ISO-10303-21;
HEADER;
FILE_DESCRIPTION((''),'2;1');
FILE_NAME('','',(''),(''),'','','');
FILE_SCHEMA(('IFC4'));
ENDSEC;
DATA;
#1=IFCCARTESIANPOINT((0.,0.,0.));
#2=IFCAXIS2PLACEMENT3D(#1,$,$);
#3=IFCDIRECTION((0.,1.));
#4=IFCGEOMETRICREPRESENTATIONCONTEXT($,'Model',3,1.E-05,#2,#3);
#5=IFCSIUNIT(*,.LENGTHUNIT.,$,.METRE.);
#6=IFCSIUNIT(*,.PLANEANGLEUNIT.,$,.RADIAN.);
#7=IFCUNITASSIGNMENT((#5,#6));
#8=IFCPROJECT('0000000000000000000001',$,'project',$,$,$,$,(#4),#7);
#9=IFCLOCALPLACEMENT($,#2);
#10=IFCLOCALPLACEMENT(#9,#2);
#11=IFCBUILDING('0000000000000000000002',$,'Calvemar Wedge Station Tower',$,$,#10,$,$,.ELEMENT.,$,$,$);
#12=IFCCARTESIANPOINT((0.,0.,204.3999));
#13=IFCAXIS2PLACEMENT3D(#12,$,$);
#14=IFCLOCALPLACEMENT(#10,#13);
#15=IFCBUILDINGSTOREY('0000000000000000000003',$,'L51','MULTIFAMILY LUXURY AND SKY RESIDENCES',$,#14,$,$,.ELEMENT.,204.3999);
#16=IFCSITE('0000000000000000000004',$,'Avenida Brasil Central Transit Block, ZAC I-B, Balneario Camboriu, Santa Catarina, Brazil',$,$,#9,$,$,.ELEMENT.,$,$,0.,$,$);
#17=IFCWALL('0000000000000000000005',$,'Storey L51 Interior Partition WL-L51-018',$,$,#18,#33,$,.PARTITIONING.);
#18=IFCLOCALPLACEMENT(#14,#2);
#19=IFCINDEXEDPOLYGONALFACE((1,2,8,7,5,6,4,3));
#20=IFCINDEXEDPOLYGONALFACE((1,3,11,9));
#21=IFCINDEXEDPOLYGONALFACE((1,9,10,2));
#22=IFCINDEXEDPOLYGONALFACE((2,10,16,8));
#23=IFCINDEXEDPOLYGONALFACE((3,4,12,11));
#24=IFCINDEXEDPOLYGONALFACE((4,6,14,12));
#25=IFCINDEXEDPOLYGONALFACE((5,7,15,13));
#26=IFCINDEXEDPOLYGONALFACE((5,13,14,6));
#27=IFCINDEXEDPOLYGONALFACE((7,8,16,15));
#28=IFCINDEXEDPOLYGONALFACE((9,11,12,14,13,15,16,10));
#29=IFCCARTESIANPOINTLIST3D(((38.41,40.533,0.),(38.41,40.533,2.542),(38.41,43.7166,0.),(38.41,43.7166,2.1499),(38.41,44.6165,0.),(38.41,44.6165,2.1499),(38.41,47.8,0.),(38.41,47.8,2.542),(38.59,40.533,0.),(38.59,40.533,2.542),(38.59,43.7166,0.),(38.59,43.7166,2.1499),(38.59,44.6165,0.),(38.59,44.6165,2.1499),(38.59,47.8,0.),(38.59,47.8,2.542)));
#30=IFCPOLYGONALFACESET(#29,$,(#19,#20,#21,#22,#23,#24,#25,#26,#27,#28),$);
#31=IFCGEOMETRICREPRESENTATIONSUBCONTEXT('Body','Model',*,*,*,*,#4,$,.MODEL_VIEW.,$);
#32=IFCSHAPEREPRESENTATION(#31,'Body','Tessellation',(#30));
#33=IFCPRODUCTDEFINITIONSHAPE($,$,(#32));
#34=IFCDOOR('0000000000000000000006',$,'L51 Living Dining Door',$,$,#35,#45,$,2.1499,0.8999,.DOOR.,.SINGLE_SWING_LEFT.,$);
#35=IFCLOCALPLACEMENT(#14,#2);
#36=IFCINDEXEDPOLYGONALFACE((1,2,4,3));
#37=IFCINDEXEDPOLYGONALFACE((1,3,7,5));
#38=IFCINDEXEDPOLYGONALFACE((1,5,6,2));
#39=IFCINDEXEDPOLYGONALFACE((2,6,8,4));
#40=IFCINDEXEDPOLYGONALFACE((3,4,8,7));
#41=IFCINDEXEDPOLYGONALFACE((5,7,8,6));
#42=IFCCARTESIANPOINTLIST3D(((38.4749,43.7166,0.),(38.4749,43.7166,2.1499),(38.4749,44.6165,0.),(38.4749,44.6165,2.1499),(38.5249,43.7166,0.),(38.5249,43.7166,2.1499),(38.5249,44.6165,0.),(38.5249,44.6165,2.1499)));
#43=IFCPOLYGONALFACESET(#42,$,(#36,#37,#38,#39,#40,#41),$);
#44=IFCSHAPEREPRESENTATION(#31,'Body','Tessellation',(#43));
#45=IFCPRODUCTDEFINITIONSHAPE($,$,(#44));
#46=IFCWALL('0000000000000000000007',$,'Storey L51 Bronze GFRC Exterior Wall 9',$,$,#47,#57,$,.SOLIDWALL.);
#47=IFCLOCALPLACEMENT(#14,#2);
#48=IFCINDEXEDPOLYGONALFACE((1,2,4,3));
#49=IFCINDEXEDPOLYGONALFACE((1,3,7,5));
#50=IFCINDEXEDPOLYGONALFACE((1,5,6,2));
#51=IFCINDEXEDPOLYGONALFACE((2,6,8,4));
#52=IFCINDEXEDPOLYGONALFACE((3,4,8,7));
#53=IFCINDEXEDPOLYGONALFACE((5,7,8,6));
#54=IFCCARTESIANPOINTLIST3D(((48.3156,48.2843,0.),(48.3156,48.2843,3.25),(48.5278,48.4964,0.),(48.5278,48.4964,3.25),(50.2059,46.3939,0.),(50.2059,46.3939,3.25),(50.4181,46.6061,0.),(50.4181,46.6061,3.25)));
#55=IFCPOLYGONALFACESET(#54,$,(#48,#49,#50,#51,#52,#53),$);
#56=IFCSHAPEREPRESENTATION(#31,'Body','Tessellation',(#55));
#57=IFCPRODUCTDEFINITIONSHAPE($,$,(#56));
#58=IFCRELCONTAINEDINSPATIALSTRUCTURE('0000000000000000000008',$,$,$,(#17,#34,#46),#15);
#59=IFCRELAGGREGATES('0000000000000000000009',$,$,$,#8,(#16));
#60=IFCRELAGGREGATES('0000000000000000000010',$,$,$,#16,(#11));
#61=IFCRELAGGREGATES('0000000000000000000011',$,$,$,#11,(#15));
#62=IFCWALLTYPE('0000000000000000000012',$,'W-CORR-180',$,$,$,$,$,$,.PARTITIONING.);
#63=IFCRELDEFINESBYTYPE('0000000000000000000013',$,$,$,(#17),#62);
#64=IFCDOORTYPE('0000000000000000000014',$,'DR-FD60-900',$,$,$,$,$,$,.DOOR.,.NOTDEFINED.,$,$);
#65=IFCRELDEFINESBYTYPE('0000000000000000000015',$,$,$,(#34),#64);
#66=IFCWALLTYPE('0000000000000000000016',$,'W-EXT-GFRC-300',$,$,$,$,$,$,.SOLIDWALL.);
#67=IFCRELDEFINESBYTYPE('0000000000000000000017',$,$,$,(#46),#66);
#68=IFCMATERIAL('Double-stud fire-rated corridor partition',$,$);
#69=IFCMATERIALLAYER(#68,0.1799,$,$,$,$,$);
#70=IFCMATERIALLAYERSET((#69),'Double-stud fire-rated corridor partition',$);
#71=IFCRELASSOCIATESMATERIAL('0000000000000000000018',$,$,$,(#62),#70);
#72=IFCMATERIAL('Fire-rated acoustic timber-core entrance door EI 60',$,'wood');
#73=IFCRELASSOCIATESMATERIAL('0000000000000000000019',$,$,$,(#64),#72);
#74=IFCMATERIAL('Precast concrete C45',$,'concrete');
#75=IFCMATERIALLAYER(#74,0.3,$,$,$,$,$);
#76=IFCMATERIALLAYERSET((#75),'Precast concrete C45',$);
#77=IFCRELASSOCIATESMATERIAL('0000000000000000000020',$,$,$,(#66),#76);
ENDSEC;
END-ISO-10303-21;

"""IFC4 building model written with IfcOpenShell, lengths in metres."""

from ifc_helpers import new_model, si_unit, direction, frame, frame_2d, origin, place, context, subcontext, project, spatial, rectangle, extrude, source, transform, mapped, material, layer, layer_set, type_object, element, fill, save


model = new_model("IFC4")

# Units and contexts
model_context = context("Model", 3, precision=1e-05, world=origin(), true_north=direction((0.0, 1.0)))
body_context = subcontext(model_context, "Body", "Model", "MODEL_VIEW")
ifc_project = project(units=[si_unit("LENGTHUNIT", "METRE"), si_unit("PLANEANGLEUNIT", "RADIAN")], contexts=[model_context])

# Site, building, storey
site_placement = place(None, origin())
site = spatial("IfcSite", under=ifc_project, at=site_placement, Name="Avenida Brasil Central Transit Block, ZAC I-B, Balneario Camboriu, Santa Catarina, Brazil", CompositionType="ELEMENT", RefElevation=0.0)
building_placement = place(site_placement, origin())
building = spatial("IfcBuilding", under=site, at=building_placement, Name="Calvemar Wedge Station Tower", CompositionType="ELEMENT")
storey_placement = place(building_placement, frame((0.0, 0.0, 204.3999)))
storey = spatial("IfcBuildingStorey", under=building, at=storey_placement, Name="L51", Description="MULTIFAMILY LUXURY AND SKY RESIDENCES", CompositionType="ELEMENT", Elevation=204.3999)

# Wall, opening, door
ifc_material_1 = material(Name="Double-stud fire-rated corridor partition")
ifc_layer_1 = layer(ifc_material_1, 0.1799)
ifc_layer_set_1 = layer_set([ifc_layer_1], Name="Double-stud fire-rated corridor partition")
wall_type_1 = type_object("IfcWallType", Name="W-CORR-180", PredefinedType="PARTITIONING", material=ifc_layer_set_1)
wall_1_placement = place(storey_placement, frame((38.5, 47.8, 0.0), z_axis=(0.0, 0.0, 1.0), x_axis=(0.0, -1.0, 0.0)))
wall_1 = element("IfcWall", 1, at=wall_1_placement, inside=storey, type_object=wall_type_1, Name="Storey L51 Interior Partition WL-L51-018", PredefinedType="PARTITIONING", context=body_context, shape_type="SweptSolid", body=[
    extrude(rectangle(XDim=7.2671, YDim=0.1799, at=frame_2d((3.6335, 0.0))), origin(), (0.0, 0.0, 1.0), 2.542),
])
shared_shape_1 = source(origin(), body_context, "Body", "SweptSolid", [
    extrude(rectangle(XDim=0.8999, YDim=2.1499, at=frame_2d((0.45, 1.075))), frame((0.0, 0.1001, 0.0), z_axis=(0.0, -1.0, 0.0), x_axis=(1.0, 0.0, 0.0)), (0.0, 0.0, 1.0), 0.2),
])
opening_1_placement = place(wall_1_placement, frame((3.1836, 0.0, 0.0)))
opening_1 = element("IfcOpeningElement", 2, at=opening_1_placement, cuts=wall_1, PredefinedType="OPENING", context=body_context, shape_type="MappedRepresentation", body=[
    mapped(shared_shape_1, transform((0.0, 0.0, 0.0), scale=1.0)),
])
ifc_material_2 = material(Name="Fire-rated acoustic timber-core entrance door EI 60", Category="wood")
door_type_1 = type_object("IfcDoorType", Name="DR-FD60-900", OperationType="NOTDEFINED", PredefinedType="DOOR", material=ifc_material_2)
shared_shape_2 = source(origin(), body_context, "Body", "SweptSolid", [
    extrude(rectangle(XDim=0.8999, YDim=2.1499, at=frame_2d((0.45, 1.075))), frame((0.0, 0.0249, 0.0), z_axis=(0.0, -1.0, 0.0), x_axis=(1.0, 0.0, 0.0)), (0.0, 0.0, 1.0), 0.05),
])
door_1_placement = place(opening_1_placement, origin())
door_1 = element("IfcDoor", 3, at=door_1_placement, inside=storey, type_object=door_type_1, Name="L51 Living Dining Door", OperationType="SINGLE_SWING_LEFT", OverallHeight=2.1499, OverallWidth=0.8999, PredefinedType="DOOR", context=body_context, shape_type="MappedRepresentation", body=[
    mapped(shared_shape_2, transform((0.0, 0.0, 0.0), scale=1.0)),
])
fill(opening_1, door_1)

# Wall
ifc_material_3 = material(Name="Precast concrete C45", Category="concrete")
ifc_layer_2 = layer(ifc_material_3, 0.3)
ifc_layer_set_2 = layer_set([ifc_layer_2], Name="Precast concrete C45")
wall_type_2 = type_object("IfcWallType", Name="W-EXT-GFRC-300", PredefinedType="SOLIDWALL", material=ifc_layer_set_2)
wall_2_placement = place(storey_placement, frame((50.312, 46.5, 0.0), z_axis=(0.0, 0.0, 1.0), x_axis=(-0.707107, 0.707107, 0.0)))
element("IfcWall", 4, at=wall_2_placement, inside=storey, type_object=wall_type_2, Name="Storey L51 Bronze GFRC Exterior Wall 9", PredefinedType="SOLIDWALL", context=body_context, shape_type="SweptSolid", body=[
    extrude(rectangle(XDim=2.6733, YDim=0.3, at=frame_2d((1.3367, 0.0))), origin(), (0.0, 0.0, 1.0), 3.25),
])

save(model, "model.ifc")
